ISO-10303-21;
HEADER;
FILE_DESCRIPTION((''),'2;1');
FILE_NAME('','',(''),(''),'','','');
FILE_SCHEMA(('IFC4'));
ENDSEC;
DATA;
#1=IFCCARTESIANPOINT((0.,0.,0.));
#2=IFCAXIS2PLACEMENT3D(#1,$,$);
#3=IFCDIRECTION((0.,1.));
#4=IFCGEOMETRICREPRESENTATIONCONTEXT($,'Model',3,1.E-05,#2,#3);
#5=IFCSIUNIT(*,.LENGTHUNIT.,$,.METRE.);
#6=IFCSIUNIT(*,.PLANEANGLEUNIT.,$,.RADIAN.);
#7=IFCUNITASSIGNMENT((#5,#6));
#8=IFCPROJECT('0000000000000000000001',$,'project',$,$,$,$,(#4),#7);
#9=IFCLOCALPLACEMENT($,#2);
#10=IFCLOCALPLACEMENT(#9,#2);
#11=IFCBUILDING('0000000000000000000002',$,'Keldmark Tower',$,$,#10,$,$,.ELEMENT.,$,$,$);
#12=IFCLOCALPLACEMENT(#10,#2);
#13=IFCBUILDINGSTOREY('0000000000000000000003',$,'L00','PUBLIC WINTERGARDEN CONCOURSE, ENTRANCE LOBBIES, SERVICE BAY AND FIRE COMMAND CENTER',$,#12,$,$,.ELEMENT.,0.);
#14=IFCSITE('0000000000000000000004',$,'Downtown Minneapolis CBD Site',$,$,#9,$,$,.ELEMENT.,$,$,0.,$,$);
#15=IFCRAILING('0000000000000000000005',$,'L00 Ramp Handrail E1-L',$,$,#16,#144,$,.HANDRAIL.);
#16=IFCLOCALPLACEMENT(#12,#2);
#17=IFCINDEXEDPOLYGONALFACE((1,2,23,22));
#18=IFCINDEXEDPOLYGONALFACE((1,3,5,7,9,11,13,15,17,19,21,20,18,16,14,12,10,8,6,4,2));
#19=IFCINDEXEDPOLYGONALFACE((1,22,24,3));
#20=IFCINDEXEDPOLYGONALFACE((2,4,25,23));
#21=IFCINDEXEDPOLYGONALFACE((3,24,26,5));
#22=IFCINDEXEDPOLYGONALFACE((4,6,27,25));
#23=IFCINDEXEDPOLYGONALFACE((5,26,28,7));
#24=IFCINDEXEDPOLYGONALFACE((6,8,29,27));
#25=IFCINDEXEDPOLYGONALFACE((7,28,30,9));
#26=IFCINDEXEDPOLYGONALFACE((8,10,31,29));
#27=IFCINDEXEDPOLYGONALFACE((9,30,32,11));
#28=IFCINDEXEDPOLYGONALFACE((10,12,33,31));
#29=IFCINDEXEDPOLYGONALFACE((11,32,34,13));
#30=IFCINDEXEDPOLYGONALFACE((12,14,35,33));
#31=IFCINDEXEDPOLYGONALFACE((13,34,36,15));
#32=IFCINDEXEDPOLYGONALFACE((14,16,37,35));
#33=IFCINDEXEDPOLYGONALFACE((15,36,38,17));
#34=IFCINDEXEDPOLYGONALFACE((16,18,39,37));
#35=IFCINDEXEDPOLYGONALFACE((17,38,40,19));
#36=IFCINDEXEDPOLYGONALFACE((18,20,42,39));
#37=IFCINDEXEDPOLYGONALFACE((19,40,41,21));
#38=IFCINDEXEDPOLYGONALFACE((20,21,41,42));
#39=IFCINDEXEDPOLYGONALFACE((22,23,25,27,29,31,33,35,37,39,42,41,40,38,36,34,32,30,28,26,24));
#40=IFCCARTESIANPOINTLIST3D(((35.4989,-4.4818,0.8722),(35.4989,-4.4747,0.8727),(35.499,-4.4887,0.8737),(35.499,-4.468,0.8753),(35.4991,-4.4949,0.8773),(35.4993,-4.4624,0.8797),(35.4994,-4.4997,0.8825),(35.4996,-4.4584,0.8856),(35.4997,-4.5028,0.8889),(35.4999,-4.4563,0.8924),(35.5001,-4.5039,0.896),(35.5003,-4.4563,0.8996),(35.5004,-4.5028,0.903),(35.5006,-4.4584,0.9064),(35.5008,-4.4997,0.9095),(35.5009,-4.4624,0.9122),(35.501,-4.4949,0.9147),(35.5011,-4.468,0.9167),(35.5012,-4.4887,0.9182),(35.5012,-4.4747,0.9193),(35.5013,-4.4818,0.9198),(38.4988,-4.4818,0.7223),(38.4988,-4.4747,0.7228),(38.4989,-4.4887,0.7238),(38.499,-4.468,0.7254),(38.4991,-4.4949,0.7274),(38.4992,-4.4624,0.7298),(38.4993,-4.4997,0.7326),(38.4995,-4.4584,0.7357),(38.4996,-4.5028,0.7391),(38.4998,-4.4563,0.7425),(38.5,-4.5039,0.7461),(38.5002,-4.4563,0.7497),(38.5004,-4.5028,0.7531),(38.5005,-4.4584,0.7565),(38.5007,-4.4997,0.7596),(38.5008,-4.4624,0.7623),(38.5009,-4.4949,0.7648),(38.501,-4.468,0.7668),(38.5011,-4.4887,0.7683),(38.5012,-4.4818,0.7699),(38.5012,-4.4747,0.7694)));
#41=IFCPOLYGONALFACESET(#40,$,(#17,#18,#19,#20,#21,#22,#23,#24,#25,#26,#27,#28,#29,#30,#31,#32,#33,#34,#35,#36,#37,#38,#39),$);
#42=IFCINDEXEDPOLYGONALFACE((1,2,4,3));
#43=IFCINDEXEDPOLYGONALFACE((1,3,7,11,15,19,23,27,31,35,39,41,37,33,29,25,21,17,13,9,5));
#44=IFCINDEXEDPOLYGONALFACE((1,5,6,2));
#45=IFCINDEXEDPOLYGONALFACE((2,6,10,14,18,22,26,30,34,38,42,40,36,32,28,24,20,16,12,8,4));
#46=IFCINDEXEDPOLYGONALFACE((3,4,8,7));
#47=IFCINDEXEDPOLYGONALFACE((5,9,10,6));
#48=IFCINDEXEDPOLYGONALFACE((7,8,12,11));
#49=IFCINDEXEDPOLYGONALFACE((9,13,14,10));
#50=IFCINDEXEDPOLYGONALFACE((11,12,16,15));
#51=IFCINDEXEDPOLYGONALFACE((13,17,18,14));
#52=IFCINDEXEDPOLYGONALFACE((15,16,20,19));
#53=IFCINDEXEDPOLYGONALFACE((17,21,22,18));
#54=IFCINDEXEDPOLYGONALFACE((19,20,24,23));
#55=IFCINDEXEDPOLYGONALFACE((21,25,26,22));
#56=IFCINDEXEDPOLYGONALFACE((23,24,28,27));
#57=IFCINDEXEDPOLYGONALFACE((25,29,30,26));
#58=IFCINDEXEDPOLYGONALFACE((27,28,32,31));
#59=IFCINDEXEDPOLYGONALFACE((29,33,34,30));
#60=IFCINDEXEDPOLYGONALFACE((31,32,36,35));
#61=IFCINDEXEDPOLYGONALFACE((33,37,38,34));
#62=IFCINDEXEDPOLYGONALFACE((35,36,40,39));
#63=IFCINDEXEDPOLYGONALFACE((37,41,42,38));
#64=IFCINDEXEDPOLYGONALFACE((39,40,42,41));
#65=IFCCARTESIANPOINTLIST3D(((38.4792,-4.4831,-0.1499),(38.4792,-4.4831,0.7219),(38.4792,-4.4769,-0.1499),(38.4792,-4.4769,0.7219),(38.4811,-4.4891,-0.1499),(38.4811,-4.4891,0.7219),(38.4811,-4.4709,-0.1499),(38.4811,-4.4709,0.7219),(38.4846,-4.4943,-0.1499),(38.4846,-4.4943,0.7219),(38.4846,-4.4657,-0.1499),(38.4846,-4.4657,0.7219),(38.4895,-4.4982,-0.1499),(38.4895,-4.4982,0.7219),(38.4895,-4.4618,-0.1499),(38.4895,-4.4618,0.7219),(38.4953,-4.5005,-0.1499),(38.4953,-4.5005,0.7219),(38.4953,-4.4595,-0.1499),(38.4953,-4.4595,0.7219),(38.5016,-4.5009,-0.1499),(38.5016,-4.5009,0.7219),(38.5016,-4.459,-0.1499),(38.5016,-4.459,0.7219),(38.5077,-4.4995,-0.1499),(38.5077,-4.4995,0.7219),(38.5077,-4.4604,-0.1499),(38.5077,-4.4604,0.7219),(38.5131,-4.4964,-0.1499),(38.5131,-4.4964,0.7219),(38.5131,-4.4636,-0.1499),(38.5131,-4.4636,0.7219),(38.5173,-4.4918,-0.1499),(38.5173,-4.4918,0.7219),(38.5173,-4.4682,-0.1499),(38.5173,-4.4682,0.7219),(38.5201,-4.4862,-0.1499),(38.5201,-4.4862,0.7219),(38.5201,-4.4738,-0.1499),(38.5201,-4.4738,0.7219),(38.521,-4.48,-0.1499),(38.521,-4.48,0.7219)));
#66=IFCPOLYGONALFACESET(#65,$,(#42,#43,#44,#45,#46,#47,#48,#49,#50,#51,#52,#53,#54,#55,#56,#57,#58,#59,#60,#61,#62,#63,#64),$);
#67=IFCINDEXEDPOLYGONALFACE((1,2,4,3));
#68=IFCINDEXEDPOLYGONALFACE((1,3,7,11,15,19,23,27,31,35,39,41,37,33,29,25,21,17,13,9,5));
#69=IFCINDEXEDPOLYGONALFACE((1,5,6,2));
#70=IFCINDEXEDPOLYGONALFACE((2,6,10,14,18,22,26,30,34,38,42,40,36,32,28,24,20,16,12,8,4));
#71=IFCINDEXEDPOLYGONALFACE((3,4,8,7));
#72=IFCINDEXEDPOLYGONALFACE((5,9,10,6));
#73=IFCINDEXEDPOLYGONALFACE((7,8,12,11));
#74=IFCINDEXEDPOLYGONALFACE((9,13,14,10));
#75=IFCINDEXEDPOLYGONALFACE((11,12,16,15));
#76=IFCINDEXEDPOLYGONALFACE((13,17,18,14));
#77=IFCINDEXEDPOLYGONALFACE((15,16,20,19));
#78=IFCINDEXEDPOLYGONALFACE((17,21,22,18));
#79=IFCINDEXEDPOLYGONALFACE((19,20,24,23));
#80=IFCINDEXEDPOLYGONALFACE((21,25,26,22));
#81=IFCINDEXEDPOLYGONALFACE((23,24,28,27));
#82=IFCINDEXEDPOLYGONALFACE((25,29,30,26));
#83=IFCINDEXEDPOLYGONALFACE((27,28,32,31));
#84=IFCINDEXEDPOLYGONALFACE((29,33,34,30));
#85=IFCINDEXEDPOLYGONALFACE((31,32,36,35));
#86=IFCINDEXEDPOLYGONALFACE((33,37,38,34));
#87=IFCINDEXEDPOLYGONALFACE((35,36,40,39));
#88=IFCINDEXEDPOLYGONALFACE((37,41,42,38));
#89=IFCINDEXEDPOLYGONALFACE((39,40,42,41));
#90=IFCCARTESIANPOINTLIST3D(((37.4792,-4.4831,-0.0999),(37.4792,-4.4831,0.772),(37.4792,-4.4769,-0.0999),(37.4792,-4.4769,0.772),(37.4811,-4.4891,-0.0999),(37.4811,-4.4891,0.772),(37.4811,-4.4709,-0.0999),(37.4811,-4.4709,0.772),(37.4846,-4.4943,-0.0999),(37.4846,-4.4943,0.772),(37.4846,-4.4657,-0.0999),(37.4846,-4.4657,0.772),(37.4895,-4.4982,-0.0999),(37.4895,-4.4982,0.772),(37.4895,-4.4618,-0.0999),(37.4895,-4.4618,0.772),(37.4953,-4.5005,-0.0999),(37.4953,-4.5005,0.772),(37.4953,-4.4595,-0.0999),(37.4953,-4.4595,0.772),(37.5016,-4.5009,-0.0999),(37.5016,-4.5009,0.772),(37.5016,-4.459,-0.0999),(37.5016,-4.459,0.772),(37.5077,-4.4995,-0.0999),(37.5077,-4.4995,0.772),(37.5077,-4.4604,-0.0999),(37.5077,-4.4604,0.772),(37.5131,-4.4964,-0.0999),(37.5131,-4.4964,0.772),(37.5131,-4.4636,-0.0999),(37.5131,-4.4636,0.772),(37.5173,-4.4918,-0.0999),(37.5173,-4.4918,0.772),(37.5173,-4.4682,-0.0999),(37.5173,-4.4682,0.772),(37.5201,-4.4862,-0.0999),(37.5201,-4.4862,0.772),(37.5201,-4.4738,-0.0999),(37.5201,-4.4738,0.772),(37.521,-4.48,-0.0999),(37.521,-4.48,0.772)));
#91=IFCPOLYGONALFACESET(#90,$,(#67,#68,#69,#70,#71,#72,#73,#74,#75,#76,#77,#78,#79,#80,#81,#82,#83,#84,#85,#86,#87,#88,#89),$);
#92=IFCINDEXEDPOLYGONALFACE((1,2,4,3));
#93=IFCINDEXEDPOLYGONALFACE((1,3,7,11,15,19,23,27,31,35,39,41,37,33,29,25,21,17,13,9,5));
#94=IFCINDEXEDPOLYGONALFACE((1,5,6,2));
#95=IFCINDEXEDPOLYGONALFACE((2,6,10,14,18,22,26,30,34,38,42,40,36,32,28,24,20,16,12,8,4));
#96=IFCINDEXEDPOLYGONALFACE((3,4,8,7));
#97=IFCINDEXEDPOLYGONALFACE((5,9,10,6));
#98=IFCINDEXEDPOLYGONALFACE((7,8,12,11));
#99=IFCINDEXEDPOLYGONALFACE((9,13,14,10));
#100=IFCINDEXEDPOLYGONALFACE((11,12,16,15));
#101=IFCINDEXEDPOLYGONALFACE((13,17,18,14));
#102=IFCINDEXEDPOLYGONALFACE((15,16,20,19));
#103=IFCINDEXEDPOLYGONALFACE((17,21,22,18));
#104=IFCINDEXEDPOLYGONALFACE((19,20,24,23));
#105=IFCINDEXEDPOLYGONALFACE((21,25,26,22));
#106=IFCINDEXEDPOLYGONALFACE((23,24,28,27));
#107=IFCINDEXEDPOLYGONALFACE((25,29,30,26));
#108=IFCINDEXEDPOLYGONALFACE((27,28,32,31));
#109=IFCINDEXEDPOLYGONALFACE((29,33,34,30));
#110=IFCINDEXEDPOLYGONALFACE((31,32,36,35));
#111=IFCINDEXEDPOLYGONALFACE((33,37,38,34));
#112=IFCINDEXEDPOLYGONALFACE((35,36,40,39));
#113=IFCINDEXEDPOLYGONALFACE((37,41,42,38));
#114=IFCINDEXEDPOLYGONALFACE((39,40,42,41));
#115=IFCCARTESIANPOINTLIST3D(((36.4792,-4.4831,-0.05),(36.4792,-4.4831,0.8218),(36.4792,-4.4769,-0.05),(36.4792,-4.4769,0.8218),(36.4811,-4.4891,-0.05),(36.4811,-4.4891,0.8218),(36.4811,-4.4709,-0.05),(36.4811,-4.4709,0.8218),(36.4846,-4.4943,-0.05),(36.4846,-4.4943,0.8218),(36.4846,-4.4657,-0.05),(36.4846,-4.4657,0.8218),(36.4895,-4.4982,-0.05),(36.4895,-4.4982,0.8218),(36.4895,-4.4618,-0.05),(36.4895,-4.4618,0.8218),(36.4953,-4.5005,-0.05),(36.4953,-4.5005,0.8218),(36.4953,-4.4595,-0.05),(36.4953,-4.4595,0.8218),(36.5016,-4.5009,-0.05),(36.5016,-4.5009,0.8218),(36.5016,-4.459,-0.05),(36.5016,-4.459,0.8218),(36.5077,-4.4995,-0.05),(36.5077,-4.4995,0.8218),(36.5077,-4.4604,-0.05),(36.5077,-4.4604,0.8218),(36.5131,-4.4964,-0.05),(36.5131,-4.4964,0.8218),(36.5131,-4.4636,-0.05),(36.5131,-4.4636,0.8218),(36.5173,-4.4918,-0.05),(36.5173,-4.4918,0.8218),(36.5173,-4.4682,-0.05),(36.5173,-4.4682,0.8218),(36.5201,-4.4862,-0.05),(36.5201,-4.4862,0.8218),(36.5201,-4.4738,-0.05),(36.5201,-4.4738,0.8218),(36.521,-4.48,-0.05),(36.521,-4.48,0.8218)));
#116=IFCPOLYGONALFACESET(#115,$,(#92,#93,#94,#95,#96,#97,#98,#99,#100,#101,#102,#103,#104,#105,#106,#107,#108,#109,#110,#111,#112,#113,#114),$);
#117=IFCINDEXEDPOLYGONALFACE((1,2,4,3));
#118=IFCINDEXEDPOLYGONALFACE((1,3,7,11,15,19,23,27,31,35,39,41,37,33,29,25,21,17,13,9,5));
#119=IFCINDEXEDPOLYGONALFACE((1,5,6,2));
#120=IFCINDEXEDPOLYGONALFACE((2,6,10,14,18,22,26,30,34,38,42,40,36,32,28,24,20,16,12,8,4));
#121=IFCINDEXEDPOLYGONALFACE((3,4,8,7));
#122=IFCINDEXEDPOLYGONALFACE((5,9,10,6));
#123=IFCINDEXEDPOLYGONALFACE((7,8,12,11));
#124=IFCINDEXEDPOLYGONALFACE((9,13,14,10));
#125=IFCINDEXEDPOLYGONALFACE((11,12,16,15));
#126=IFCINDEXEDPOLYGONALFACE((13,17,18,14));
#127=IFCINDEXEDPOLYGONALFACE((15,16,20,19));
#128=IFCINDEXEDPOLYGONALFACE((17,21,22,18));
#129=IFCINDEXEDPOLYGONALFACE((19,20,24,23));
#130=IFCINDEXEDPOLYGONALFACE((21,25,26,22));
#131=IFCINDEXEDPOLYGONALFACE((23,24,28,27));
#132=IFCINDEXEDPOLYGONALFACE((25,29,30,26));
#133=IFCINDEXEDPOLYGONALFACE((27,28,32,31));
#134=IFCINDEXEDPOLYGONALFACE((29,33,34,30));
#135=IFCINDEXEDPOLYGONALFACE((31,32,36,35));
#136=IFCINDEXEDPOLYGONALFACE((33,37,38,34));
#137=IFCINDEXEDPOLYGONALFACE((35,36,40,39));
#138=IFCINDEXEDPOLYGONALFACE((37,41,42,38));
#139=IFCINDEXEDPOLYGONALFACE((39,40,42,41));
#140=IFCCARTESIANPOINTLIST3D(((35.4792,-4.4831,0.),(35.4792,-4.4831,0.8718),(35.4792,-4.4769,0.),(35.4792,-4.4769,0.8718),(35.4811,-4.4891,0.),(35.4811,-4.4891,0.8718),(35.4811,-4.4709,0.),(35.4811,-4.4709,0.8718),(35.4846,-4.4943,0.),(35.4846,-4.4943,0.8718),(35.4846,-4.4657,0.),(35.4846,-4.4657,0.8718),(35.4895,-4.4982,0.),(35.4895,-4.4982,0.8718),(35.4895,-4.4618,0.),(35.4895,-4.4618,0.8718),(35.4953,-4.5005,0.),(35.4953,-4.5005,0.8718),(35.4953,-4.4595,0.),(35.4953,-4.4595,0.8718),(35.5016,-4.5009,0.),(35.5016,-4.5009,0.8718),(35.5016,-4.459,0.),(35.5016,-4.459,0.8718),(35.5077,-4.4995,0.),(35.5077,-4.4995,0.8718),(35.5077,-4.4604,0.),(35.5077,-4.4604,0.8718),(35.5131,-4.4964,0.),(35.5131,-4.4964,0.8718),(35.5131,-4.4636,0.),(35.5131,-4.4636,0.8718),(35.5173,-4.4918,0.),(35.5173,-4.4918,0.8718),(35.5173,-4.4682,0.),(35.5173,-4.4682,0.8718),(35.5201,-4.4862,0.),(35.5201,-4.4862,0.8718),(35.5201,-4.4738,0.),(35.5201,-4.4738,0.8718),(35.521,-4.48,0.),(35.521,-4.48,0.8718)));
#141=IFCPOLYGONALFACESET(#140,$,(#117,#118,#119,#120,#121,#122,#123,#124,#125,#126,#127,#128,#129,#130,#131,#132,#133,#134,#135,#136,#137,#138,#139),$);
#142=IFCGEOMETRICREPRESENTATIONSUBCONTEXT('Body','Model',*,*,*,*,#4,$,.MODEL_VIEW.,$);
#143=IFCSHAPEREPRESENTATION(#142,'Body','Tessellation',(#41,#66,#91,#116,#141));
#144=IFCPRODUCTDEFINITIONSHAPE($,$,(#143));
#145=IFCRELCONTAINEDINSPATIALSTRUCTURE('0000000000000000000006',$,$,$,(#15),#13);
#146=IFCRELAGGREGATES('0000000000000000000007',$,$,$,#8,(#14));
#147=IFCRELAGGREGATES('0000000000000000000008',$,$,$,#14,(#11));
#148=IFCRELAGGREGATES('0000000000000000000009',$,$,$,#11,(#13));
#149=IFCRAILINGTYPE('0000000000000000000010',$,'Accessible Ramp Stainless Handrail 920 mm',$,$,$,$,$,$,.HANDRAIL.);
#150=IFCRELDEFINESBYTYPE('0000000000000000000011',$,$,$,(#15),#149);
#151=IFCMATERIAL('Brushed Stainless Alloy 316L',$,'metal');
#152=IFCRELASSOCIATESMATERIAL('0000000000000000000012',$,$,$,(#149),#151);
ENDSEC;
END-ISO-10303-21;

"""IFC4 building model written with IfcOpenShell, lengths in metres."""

from ifc_helpers import new_model, si_unit, direction, frame, origin, origin_2d, place, context, subcontext, project, spatial, circle, extrude, material, type_object, element, save


model = new_model("IFC4")

# Units and contexts
model_context = context("Model", 3, precision=1e-05, world=origin(), true_north=direction((0.0, 1.0)))
body_context = subcontext(model_context, "Body", "Model", "MODEL_VIEW")
ifc_project = project(units=[si_unit("LENGTHUNIT", "METRE"), si_unit("PLANEANGLEUNIT", "RADIAN")], contexts=[model_context])

# Site, building, storey
site_placement = place(None, origin())
site = spatial("IfcSite", under=ifc_project, at=site_placement, Name="Downtown Minneapolis CBD Site", CompositionType="ELEMENT", RefElevation=0.0)
building_placement = place(site_placement, origin())
building = spatial("IfcBuilding", under=site, at=building_placement, Name="Keldmark Tower", CompositionType="ELEMENT")
storey_placement = place(building_placement, origin())
storey = spatial("IfcBuildingStorey", under=building, at=storey_placement, Name="L00", Description="PUBLIC WINTERGARDEN CONCOURSE, ENTRANCE LOBBIES, SERVICE BAY AND FIRE COMMAND CENTER", CompositionType="ELEMENT", Elevation=0.0)

# Railing
ifc_material_1 = material(Name="Brushed Stainless Alloy 316L", Category="metal")
railing_type = type_object("IfcRailingType", Name="Accessible Ramp Stainless Handrail 920 mm", PredefinedType="HANDRAIL", material=ifc_material_1)
for number, where, name in (
    (1, (38.5, -4.48, -0.1499), "L00 Ramp Handrail E1-L"),
):
    element("IfcRailing", number, at=place(storey_placement, frame(where)), inside=storey, type_object=railing_type, Name=name, PredefinedType="HANDRAIL", context=body_context, shape_type="SweptSolid", body=[
        extrude(circle(Radius=0.0239, at=origin_2d()), frame((0.0, 0.0, 0.896), z_axis=(-0.998754, 0.0, 0.049905), x_axis=(0.0, -1.0, 0.0)), (0.0, 0.0, 1.0), 3.0037),
        extrude(circle(Radius=0.021, at=origin_2d()), origin(), (0.0, 0.0, 1.0), 0.8718),
        extrude(circle(Radius=0.021, at=origin_2d()), frame((-1.0, 0.0, 0.05)), (0.0, 0.0, 1.0), 0.8718),
        extrude(circle(Radius=0.021, at=origin_2d()), frame((-2.0, 0.0, 0.0999)), (0.0, 0.0, 1.0), 0.8718),
        extrude(circle(Radius=0.021, at=origin_2d()), frame((-3.0, 0.0, 0.1499)), (0.0, 0.0, 1.0), 0.8718),
    ])

save(model, "model.ifc")
